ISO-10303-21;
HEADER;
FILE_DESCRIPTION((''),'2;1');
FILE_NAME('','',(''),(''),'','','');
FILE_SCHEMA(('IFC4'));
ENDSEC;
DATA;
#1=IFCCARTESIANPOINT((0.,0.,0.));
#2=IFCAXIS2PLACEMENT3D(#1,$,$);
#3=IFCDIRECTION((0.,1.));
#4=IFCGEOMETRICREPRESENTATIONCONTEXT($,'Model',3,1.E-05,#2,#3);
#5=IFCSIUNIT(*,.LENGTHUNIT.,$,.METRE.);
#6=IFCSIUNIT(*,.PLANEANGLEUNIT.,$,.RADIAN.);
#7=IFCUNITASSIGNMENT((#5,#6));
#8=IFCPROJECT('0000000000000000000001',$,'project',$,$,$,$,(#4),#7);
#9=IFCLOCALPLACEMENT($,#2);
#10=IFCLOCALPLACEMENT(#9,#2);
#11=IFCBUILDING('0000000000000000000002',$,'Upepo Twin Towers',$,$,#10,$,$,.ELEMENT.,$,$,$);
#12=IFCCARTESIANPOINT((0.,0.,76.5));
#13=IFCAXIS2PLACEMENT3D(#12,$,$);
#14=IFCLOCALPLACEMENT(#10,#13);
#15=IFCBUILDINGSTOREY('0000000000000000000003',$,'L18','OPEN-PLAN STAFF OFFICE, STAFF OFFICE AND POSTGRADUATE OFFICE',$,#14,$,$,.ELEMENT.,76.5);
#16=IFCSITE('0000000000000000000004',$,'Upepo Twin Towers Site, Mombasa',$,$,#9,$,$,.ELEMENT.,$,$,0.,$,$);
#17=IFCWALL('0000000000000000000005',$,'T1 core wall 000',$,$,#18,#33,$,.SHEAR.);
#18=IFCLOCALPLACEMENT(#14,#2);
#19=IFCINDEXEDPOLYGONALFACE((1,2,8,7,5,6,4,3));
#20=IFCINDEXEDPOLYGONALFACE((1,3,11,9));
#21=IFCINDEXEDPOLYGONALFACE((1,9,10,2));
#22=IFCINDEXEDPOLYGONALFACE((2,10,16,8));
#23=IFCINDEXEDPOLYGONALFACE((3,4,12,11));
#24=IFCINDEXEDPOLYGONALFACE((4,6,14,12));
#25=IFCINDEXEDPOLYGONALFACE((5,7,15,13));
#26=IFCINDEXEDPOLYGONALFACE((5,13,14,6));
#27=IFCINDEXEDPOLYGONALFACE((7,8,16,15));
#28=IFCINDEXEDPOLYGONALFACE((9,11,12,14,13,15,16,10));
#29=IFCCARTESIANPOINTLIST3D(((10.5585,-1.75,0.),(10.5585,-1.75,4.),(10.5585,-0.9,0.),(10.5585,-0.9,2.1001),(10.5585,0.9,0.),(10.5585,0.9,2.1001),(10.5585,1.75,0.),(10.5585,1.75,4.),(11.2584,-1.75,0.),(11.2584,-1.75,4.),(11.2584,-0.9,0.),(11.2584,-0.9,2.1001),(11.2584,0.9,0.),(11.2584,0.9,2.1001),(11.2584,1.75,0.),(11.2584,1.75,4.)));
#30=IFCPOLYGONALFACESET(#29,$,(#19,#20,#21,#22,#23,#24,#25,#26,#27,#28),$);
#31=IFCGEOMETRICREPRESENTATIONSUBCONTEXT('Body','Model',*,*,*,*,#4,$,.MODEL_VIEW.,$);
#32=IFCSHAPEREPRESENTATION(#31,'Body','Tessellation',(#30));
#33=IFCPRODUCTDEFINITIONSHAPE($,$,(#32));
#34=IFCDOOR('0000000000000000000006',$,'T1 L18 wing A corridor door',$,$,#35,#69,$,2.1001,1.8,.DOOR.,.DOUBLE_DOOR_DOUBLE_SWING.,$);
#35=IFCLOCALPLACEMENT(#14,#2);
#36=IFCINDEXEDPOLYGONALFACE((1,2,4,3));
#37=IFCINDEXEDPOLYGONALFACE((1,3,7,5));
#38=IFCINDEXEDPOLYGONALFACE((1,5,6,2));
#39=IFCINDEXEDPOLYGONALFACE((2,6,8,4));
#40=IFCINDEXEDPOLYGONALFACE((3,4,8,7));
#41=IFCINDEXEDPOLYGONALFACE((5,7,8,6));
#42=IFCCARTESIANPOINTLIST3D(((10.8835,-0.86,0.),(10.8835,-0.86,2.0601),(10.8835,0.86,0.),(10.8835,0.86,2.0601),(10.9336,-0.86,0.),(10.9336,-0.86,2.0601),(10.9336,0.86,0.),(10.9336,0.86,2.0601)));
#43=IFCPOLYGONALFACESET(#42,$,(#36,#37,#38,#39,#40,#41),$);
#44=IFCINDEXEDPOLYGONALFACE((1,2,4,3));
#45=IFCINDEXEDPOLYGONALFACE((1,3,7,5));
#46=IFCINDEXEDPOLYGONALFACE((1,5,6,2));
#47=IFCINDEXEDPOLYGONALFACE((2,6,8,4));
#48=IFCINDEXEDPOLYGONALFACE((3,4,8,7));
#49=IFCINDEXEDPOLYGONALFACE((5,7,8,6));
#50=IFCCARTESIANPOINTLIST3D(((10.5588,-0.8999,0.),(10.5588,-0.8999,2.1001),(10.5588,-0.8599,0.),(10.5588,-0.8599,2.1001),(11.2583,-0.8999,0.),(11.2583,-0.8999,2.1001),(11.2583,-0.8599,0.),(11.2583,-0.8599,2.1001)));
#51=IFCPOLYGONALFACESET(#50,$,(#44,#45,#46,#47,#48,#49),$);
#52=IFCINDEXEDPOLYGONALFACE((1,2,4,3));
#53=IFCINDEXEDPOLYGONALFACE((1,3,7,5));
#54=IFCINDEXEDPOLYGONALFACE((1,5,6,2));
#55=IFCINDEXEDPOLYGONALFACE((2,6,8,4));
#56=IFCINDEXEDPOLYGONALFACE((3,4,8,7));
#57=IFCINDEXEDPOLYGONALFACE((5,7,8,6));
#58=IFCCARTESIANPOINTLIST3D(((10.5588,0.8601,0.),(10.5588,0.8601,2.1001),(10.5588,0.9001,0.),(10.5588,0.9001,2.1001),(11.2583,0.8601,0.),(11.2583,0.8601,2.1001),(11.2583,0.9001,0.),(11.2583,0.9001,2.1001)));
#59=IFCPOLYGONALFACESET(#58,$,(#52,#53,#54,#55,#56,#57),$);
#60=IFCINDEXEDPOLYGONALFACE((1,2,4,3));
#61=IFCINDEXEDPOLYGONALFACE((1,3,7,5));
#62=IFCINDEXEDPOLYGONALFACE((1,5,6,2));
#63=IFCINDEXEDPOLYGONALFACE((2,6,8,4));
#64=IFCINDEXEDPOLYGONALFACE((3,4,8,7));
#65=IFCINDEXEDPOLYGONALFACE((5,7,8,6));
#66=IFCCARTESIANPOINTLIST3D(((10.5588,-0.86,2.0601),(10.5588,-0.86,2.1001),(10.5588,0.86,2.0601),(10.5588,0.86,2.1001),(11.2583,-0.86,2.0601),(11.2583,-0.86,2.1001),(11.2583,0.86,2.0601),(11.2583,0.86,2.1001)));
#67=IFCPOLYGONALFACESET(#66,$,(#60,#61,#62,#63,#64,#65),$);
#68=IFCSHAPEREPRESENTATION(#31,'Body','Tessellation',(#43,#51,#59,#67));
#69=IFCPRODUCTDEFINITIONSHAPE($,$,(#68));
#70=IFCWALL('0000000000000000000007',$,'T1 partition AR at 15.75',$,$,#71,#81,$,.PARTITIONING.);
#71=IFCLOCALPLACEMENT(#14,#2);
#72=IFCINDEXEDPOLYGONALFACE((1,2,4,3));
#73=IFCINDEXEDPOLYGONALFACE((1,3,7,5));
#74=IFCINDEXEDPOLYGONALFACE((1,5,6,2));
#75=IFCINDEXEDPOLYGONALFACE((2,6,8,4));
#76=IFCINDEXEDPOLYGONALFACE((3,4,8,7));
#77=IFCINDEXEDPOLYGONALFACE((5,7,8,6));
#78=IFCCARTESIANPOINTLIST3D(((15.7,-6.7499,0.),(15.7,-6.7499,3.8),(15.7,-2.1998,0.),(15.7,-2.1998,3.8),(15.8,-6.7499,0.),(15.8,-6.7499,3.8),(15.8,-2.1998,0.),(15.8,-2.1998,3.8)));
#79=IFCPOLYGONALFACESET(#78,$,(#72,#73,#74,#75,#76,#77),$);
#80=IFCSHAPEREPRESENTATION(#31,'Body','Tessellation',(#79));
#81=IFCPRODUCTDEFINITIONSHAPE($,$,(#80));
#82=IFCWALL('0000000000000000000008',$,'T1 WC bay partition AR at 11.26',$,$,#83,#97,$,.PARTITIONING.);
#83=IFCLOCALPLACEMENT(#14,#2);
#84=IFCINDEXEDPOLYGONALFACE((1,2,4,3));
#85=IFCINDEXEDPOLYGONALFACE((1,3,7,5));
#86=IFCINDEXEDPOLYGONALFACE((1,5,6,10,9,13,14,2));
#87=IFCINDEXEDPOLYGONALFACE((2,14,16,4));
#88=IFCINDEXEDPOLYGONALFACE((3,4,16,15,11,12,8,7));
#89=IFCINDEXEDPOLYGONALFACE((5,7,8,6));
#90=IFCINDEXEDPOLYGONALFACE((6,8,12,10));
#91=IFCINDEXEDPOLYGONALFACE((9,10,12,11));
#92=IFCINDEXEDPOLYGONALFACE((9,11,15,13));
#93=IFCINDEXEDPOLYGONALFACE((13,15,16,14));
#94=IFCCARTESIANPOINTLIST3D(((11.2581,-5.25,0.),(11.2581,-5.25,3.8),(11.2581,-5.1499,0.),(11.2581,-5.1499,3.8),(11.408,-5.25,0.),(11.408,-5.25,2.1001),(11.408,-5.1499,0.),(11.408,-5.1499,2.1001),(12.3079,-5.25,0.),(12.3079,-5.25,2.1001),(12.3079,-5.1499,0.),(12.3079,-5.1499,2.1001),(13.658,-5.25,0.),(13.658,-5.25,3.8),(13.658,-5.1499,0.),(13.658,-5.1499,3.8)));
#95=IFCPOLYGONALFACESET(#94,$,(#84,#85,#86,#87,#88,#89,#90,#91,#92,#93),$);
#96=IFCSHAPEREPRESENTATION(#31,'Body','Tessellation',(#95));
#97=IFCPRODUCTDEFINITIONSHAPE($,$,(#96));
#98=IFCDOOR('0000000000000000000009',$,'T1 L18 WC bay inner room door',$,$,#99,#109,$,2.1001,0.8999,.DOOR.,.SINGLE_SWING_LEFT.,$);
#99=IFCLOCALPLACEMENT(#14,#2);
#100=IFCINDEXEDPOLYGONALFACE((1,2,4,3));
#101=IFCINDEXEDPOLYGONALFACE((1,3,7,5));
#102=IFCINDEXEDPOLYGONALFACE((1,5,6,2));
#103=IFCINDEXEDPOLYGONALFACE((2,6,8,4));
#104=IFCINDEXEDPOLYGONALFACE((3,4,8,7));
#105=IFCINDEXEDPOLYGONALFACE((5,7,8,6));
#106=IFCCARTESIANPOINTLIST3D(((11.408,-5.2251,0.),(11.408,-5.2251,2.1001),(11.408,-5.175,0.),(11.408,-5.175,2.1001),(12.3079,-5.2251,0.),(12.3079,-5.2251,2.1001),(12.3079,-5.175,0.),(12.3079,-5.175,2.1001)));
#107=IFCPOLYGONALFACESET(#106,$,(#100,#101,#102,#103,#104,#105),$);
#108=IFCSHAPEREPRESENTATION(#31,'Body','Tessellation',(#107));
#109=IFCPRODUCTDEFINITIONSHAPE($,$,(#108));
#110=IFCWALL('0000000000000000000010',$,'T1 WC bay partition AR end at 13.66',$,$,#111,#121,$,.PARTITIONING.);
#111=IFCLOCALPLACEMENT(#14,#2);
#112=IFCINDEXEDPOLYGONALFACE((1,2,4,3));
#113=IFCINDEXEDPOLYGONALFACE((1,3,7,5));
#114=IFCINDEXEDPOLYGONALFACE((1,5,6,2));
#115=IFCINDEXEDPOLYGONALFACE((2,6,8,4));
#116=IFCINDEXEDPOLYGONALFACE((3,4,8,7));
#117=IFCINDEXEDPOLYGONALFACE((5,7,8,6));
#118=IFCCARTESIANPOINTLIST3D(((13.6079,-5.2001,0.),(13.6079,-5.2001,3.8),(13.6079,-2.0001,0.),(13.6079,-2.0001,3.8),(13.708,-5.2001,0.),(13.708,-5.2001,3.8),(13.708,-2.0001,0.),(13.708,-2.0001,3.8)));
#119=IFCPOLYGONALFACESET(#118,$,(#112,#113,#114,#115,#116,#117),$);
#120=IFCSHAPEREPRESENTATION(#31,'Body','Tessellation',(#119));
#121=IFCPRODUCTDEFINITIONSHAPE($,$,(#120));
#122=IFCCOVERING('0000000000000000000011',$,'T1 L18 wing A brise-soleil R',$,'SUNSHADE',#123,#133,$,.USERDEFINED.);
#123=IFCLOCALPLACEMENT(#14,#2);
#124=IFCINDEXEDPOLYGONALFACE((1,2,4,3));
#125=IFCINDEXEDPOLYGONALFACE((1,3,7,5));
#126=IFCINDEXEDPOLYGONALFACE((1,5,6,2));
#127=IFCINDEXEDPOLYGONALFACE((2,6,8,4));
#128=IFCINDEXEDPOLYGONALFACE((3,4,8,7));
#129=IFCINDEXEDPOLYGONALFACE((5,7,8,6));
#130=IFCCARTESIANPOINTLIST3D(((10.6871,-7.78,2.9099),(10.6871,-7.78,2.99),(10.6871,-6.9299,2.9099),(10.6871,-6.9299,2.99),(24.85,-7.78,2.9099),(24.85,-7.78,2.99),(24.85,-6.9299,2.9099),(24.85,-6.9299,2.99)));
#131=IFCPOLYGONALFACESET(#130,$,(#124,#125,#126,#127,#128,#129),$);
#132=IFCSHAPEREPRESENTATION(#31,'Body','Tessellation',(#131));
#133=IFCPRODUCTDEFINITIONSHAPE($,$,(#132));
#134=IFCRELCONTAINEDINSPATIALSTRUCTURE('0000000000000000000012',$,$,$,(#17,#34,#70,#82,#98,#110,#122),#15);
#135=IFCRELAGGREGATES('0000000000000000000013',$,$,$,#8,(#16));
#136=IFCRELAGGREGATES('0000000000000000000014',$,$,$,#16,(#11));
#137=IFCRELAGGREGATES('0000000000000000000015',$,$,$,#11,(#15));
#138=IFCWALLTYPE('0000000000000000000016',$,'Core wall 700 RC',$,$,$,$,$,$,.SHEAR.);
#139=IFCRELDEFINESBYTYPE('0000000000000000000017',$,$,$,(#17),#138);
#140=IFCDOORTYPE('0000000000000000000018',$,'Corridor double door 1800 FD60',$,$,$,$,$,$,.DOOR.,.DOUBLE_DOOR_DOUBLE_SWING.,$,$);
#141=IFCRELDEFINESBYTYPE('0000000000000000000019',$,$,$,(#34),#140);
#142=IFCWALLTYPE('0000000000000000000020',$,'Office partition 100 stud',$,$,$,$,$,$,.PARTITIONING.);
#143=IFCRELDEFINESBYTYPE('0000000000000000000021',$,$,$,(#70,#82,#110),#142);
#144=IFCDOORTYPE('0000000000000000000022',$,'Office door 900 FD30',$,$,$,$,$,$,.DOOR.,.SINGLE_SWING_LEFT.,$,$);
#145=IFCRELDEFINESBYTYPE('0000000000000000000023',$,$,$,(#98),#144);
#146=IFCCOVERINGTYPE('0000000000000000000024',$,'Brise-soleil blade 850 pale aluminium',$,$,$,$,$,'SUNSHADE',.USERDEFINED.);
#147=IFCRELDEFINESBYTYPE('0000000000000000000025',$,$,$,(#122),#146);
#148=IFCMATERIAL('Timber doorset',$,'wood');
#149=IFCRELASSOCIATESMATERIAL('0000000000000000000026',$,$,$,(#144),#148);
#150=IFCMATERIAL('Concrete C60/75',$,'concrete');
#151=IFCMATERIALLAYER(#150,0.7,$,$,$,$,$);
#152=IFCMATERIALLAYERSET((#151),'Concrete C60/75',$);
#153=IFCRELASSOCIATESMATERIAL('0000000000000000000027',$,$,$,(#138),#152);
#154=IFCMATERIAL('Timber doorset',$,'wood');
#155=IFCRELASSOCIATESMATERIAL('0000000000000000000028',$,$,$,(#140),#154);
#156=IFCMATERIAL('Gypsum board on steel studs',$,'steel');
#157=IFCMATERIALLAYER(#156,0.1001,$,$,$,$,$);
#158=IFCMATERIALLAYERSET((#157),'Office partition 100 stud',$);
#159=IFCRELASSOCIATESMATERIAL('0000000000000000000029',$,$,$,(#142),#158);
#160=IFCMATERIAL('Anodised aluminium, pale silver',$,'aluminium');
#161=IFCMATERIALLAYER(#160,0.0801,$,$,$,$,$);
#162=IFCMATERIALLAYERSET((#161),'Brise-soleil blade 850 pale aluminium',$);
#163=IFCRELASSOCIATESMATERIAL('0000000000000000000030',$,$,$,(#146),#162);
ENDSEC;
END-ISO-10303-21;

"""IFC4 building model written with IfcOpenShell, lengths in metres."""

from ifc_helpers import new_model, si_unit, direction, frame, frame_2d, origin, origin_2d, place, context, subcontext, project, spatial, rectangle, extrude, material, layer, layer_set, type_object, element, fill, save


model = new_model("IFC4")

# Units and contexts
model_context = context("Model", 3, precision=1e-05, world=origin(), true_north=direction((0.0, 1.0)))
body_context = subcontext(model_context, "Body", "Model", "MODEL_VIEW")
ifc_project = project(units=[si_unit("LENGTHUNIT", "METRE"), si_unit("PLANEANGLEUNIT", "RADIAN")], contexts=[model_context])

# Site, building, storey
site_placement = place(None, origin())
site = spatial("IfcSite", under=ifc_project, at=site_placement, Name="Upepo Twin Towers Site, Mombasa", CompositionType="ELEMENT", RefElevation=0.0)
building_placement = place(site_placement, origin())
building = spatial("IfcBuilding", under=site, at=building_placement, Name="Upepo Twin Towers", CompositionType="ELEMENT")
storey_placement = place(building_placement, frame((0.0, 0.0, 76.5)))
storey = spatial("IfcBuildingStorey", under=building, at=storey_placement, Name="L18", Description="OPEN-PLAN STAFF OFFICE, STAFF OFFICE AND POSTGRADUATE OFFICE", CompositionType="ELEMENT", Elevation=76.5)

# Shared definitions
ifc_material_1 = material(Name="Timber doorset", Category="wood")
door_type_1 = type_object("IfcDoorType", Name="Office door 900 FD30", OperationType="SINGLE_SWING_LEFT", PredefinedType="DOOR", material=ifc_material_1)

# Wall, opening, door
ifc_material_2 = material(Name="Concrete C60/75", Category="concrete")
ifc_layer_1 = layer(ifc_material_2, 0.7)
ifc_layer_set_1 = layer_set([ifc_layer_1], Name="Concrete C60/75")
wall_type_1 = type_object("IfcWallType", Name="Core wall 700 RC", PredefinedType="SHEAR", material=ifc_layer_set_1)
wall_1_placement = place(storey_placement, frame((10.9084, -1.75, 0.0), z_axis=(0.0, 0.0, 1.0), x_axis=(0.0, 1.0, 0.0)))
wall_1 = element("IfcWall", 1, at=wall_1_placement, inside=storey, type_object=wall_type_1, Name="T1 core wall 000", PredefinedType="SHEAR", context=body_context, shape_type="SweptSolid", body=[
    extrude(rectangle(XDim=3.5, YDim=0.7, at=frame_2d((1.75, 0.0))), origin(), (0.0, 0.0, 1.0), 4.0),
])
opening_1_placement = place(wall_1_placement, frame((0.8501, 0.0, 0.0)))
opening_1 = element("IfcOpeningElement", 2, at=opening_1_placement, cuts=wall_1, PredefinedType="OPENING", context=body_context, shape_type="SweptSolid", body=[
    extrude(rectangle(XDim=1.8, YDim=2.1001, at=frame_2d((0.8999, 1.05))), frame((0.0, 0.3599, 0.0), z_axis=(0.0, -1.0, 0.0), x_axis=(1.0, 0.0, 0.0)), (0.0, 0.0, 1.0), 0.72),
])
ifc_material_3 = material(Name="Timber doorset", Category="wood")
door_type_2 = type_object("IfcDoorType", Name="Corridor double door 1800 FD60", OperationType="DOUBLE_DOOR_DOUBLE_SWING", PredefinedType="DOOR", material=ifc_material_3)
door_1_placement = place(opening_1_placement, origin())
door_1 = element("IfcDoor", 3, at=door_1_placement, inside=storey, type_object=door_type_2, Name="T1 L18 wing A corridor door", OperationType="DOUBLE_DOOR_DOUBLE_SWING", OverallHeight=2.1001, OverallWidth=1.8, PredefinedType="DOOR", context=body_context, shape_type="SweptSolid", body=[
    extrude(rectangle(XDim=1.72, YDim=2.0601, at=frame_2d((0.8999, 1.03))), frame((0.0, 0.0249, 0.0), z_axis=(0.0, -1.0, 0.0), x_axis=(1.0, 0.0, 0.0)), (0.0, 0.0, 1.0), 0.05),
    extrude(rectangle(XDim=0.04, YDim=2.1001, at=frame_2d((0.02, 1.05))), frame((0.0, 0.3496, 0.0), z_axis=(0.0, -1.0, 0.0), x_axis=(1.0, 0.0, 0.0)), (0.0, 0.0, 1.0), 0.6995),
    extrude(rectangle(XDim=0.04, YDim=2.1001, at=frame_2d((1.78, 1.05))), frame((0.0, 0.3496, 0.0), z_axis=(0.0, -1.0, 0.0), x_axis=(1.0, 0.0, 0.0)), (0.0, 0.0, 1.0), 0.6995),
    extrude(rectangle(XDim=1.72, YDim=0.04, at=frame_2d((0.8999, 2.0801))), frame((0.0, 0.3496, 0.0), z_axis=(0.0, -1.0, 0.0), x_axis=(1.0, 0.0, 0.0)), (0.0, 0.0, 1.0), 0.6995),
])
fill(opening_1, door_1)

# Wall
ifc_material_4 = material(Name="Gypsum board on steel studs", Category="steel")
ifc_layer_2 = layer(ifc_material_4, 0.1001)
ifc_layer_set_2 = layer_set([ifc_layer_2], Name="Office partition 100 stud")
wall_type_2 = type_object("IfcWallType", Name="Office partition 100 stud", PredefinedType="PARTITIONING", material=ifc_layer_set_2)
wall_2_placement = place(storey_placement, frame((15.75, -2.2, 0.0), z_axis=(0.0, 0.0, 1.0), x_axis=(0.0, -1.0, 0.0)))
element("IfcWall", 4, at=wall_2_placement, inside=storey, type_object=wall_type_2, Name="T1 partition AR at 15.75", PredefinedType="PARTITIONING", context=body_context, shape_type="SweptSolid", body=[
    extrude(rectangle(XDim=4.55, YDim=0.1001, at=frame_2d((2.2749, 0.0))), origin(), (0.0, 0.0, 1.0), 3.8),
])

# Wall, opening, door
wall_3_placement = place(storey_placement, frame((11.2581, -5.2, 0.0), z_axis=(0.0, 0.0, 1.0), x_axis=(1.0, 0.0, 0.0)))
wall_3 = element("IfcWall", 5, at=wall_3_placement, inside=storey, type_object=wall_type_2, Name="T1 WC bay partition AR at 11.26", PredefinedType="PARTITIONING", context=body_context, shape_type="SweptSolid", body=[
    extrude(rectangle(XDim=2.3999, YDim=0.1001, at=frame_2d((1.2, 0.0))), origin(), (0.0, 0.0, 1.0), 3.8),
])
opening_2_placement = place(wall_3_placement, frame((0.1499, 0.0, 0.0)))
opening_2 = element("IfcOpeningElement", 6, at=opening_2_placement, cuts=wall_3, PredefinedType="OPENING", context=body_context, shape_type="SweptSolid", body=[
    extrude(rectangle(XDim=0.8999, YDim=2.1001, at=frame_2d((0.45, 1.05))), frame((0.0, 0.0601, 0.0), z_axis=(0.0, -1.0, 0.0), x_axis=(1.0, 0.0, 0.0)), (0.0, 0.0, 1.0), 0.1201),
])
door_2_placement = place(opening_2_placement, origin())
door_2 = element("IfcDoor", 7, at=door_2_placement, inside=storey, type_object=door_type_1, Name="T1 L18 WC bay inner room door", OperationType="SINGLE_SWING_LEFT", OverallHeight=2.1001, OverallWidth=0.8999, PredefinedType="DOOR", context=body_context, shape_type="SweptSolid", body=[
    extrude(rectangle(XDim=0.8999, YDim=2.1001, at=frame_2d((0.45, 1.05))), frame((0.0, 0.0249, 0.0), z_axis=(0.0, -1.0, 0.0), x_axis=(1.0, 0.0, 0.0)), (0.0, 0.0, 1.0), 0.05),
])
fill(opening_2, door_2)

# Wall
wall_4_placement = place(storey_placement, frame((13.658, -2.0, 0.0), z_axis=(0.0, 0.0, 1.0), x_axis=(0.0, -1.0, 0.0)))
element("IfcWall", 8, at=wall_4_placement, inside=storey, type_object=wall_type_2, Name="T1 WC bay partition AR end at 13.66", PredefinedType="PARTITIONING", context=body_context, shape_type="SweptSolid", body=[
    extrude(rectangle(XDim=3.2, YDim=0.1001, at=frame_2d((1.6001, 0.0))), origin(), (0.0, 0.0, 1.0), 3.8),
])

# Covering
ifc_material_5 = material(Name="Anodised aluminium, pale silver", Category="aluminium")
ifc_layer_3 = layer(ifc_material_5, 0.0801)
ifc_layer_set_3 = layer_set([ifc_layer_3], Name="Brise-soleil blade 850 pale aluminium")
covering_type = type_object("IfcCoveringType", Name="Brise-soleil blade 850 pale aluminium", ElementType="SUNSHADE", PredefinedType="USERDEFINED", material=ifc_layer_set_3)
covering_placement = place(storey_placement, frame((17.7686, -7.355, 2.9099), z_axis=(0.0, 0.0, 1.0), x_axis=(1.0, 0.0, 0.0)))
element("IfcCovering", 9, at=covering_placement, inside=storey, type_object=covering_type, Name="T1 L18 wing A brise-soleil R", ObjectType="SUNSHADE", PredefinedType="USERDEFINED", context=body_context, shape_type="SweptSolid", body=[
    extrude(rectangle(XDim=14.1628, YDim=0.8501, at=origin_2d()), origin(), (0.0, 0.0, 1.0), 0.0801),
])

save(model, "model.ifc")
